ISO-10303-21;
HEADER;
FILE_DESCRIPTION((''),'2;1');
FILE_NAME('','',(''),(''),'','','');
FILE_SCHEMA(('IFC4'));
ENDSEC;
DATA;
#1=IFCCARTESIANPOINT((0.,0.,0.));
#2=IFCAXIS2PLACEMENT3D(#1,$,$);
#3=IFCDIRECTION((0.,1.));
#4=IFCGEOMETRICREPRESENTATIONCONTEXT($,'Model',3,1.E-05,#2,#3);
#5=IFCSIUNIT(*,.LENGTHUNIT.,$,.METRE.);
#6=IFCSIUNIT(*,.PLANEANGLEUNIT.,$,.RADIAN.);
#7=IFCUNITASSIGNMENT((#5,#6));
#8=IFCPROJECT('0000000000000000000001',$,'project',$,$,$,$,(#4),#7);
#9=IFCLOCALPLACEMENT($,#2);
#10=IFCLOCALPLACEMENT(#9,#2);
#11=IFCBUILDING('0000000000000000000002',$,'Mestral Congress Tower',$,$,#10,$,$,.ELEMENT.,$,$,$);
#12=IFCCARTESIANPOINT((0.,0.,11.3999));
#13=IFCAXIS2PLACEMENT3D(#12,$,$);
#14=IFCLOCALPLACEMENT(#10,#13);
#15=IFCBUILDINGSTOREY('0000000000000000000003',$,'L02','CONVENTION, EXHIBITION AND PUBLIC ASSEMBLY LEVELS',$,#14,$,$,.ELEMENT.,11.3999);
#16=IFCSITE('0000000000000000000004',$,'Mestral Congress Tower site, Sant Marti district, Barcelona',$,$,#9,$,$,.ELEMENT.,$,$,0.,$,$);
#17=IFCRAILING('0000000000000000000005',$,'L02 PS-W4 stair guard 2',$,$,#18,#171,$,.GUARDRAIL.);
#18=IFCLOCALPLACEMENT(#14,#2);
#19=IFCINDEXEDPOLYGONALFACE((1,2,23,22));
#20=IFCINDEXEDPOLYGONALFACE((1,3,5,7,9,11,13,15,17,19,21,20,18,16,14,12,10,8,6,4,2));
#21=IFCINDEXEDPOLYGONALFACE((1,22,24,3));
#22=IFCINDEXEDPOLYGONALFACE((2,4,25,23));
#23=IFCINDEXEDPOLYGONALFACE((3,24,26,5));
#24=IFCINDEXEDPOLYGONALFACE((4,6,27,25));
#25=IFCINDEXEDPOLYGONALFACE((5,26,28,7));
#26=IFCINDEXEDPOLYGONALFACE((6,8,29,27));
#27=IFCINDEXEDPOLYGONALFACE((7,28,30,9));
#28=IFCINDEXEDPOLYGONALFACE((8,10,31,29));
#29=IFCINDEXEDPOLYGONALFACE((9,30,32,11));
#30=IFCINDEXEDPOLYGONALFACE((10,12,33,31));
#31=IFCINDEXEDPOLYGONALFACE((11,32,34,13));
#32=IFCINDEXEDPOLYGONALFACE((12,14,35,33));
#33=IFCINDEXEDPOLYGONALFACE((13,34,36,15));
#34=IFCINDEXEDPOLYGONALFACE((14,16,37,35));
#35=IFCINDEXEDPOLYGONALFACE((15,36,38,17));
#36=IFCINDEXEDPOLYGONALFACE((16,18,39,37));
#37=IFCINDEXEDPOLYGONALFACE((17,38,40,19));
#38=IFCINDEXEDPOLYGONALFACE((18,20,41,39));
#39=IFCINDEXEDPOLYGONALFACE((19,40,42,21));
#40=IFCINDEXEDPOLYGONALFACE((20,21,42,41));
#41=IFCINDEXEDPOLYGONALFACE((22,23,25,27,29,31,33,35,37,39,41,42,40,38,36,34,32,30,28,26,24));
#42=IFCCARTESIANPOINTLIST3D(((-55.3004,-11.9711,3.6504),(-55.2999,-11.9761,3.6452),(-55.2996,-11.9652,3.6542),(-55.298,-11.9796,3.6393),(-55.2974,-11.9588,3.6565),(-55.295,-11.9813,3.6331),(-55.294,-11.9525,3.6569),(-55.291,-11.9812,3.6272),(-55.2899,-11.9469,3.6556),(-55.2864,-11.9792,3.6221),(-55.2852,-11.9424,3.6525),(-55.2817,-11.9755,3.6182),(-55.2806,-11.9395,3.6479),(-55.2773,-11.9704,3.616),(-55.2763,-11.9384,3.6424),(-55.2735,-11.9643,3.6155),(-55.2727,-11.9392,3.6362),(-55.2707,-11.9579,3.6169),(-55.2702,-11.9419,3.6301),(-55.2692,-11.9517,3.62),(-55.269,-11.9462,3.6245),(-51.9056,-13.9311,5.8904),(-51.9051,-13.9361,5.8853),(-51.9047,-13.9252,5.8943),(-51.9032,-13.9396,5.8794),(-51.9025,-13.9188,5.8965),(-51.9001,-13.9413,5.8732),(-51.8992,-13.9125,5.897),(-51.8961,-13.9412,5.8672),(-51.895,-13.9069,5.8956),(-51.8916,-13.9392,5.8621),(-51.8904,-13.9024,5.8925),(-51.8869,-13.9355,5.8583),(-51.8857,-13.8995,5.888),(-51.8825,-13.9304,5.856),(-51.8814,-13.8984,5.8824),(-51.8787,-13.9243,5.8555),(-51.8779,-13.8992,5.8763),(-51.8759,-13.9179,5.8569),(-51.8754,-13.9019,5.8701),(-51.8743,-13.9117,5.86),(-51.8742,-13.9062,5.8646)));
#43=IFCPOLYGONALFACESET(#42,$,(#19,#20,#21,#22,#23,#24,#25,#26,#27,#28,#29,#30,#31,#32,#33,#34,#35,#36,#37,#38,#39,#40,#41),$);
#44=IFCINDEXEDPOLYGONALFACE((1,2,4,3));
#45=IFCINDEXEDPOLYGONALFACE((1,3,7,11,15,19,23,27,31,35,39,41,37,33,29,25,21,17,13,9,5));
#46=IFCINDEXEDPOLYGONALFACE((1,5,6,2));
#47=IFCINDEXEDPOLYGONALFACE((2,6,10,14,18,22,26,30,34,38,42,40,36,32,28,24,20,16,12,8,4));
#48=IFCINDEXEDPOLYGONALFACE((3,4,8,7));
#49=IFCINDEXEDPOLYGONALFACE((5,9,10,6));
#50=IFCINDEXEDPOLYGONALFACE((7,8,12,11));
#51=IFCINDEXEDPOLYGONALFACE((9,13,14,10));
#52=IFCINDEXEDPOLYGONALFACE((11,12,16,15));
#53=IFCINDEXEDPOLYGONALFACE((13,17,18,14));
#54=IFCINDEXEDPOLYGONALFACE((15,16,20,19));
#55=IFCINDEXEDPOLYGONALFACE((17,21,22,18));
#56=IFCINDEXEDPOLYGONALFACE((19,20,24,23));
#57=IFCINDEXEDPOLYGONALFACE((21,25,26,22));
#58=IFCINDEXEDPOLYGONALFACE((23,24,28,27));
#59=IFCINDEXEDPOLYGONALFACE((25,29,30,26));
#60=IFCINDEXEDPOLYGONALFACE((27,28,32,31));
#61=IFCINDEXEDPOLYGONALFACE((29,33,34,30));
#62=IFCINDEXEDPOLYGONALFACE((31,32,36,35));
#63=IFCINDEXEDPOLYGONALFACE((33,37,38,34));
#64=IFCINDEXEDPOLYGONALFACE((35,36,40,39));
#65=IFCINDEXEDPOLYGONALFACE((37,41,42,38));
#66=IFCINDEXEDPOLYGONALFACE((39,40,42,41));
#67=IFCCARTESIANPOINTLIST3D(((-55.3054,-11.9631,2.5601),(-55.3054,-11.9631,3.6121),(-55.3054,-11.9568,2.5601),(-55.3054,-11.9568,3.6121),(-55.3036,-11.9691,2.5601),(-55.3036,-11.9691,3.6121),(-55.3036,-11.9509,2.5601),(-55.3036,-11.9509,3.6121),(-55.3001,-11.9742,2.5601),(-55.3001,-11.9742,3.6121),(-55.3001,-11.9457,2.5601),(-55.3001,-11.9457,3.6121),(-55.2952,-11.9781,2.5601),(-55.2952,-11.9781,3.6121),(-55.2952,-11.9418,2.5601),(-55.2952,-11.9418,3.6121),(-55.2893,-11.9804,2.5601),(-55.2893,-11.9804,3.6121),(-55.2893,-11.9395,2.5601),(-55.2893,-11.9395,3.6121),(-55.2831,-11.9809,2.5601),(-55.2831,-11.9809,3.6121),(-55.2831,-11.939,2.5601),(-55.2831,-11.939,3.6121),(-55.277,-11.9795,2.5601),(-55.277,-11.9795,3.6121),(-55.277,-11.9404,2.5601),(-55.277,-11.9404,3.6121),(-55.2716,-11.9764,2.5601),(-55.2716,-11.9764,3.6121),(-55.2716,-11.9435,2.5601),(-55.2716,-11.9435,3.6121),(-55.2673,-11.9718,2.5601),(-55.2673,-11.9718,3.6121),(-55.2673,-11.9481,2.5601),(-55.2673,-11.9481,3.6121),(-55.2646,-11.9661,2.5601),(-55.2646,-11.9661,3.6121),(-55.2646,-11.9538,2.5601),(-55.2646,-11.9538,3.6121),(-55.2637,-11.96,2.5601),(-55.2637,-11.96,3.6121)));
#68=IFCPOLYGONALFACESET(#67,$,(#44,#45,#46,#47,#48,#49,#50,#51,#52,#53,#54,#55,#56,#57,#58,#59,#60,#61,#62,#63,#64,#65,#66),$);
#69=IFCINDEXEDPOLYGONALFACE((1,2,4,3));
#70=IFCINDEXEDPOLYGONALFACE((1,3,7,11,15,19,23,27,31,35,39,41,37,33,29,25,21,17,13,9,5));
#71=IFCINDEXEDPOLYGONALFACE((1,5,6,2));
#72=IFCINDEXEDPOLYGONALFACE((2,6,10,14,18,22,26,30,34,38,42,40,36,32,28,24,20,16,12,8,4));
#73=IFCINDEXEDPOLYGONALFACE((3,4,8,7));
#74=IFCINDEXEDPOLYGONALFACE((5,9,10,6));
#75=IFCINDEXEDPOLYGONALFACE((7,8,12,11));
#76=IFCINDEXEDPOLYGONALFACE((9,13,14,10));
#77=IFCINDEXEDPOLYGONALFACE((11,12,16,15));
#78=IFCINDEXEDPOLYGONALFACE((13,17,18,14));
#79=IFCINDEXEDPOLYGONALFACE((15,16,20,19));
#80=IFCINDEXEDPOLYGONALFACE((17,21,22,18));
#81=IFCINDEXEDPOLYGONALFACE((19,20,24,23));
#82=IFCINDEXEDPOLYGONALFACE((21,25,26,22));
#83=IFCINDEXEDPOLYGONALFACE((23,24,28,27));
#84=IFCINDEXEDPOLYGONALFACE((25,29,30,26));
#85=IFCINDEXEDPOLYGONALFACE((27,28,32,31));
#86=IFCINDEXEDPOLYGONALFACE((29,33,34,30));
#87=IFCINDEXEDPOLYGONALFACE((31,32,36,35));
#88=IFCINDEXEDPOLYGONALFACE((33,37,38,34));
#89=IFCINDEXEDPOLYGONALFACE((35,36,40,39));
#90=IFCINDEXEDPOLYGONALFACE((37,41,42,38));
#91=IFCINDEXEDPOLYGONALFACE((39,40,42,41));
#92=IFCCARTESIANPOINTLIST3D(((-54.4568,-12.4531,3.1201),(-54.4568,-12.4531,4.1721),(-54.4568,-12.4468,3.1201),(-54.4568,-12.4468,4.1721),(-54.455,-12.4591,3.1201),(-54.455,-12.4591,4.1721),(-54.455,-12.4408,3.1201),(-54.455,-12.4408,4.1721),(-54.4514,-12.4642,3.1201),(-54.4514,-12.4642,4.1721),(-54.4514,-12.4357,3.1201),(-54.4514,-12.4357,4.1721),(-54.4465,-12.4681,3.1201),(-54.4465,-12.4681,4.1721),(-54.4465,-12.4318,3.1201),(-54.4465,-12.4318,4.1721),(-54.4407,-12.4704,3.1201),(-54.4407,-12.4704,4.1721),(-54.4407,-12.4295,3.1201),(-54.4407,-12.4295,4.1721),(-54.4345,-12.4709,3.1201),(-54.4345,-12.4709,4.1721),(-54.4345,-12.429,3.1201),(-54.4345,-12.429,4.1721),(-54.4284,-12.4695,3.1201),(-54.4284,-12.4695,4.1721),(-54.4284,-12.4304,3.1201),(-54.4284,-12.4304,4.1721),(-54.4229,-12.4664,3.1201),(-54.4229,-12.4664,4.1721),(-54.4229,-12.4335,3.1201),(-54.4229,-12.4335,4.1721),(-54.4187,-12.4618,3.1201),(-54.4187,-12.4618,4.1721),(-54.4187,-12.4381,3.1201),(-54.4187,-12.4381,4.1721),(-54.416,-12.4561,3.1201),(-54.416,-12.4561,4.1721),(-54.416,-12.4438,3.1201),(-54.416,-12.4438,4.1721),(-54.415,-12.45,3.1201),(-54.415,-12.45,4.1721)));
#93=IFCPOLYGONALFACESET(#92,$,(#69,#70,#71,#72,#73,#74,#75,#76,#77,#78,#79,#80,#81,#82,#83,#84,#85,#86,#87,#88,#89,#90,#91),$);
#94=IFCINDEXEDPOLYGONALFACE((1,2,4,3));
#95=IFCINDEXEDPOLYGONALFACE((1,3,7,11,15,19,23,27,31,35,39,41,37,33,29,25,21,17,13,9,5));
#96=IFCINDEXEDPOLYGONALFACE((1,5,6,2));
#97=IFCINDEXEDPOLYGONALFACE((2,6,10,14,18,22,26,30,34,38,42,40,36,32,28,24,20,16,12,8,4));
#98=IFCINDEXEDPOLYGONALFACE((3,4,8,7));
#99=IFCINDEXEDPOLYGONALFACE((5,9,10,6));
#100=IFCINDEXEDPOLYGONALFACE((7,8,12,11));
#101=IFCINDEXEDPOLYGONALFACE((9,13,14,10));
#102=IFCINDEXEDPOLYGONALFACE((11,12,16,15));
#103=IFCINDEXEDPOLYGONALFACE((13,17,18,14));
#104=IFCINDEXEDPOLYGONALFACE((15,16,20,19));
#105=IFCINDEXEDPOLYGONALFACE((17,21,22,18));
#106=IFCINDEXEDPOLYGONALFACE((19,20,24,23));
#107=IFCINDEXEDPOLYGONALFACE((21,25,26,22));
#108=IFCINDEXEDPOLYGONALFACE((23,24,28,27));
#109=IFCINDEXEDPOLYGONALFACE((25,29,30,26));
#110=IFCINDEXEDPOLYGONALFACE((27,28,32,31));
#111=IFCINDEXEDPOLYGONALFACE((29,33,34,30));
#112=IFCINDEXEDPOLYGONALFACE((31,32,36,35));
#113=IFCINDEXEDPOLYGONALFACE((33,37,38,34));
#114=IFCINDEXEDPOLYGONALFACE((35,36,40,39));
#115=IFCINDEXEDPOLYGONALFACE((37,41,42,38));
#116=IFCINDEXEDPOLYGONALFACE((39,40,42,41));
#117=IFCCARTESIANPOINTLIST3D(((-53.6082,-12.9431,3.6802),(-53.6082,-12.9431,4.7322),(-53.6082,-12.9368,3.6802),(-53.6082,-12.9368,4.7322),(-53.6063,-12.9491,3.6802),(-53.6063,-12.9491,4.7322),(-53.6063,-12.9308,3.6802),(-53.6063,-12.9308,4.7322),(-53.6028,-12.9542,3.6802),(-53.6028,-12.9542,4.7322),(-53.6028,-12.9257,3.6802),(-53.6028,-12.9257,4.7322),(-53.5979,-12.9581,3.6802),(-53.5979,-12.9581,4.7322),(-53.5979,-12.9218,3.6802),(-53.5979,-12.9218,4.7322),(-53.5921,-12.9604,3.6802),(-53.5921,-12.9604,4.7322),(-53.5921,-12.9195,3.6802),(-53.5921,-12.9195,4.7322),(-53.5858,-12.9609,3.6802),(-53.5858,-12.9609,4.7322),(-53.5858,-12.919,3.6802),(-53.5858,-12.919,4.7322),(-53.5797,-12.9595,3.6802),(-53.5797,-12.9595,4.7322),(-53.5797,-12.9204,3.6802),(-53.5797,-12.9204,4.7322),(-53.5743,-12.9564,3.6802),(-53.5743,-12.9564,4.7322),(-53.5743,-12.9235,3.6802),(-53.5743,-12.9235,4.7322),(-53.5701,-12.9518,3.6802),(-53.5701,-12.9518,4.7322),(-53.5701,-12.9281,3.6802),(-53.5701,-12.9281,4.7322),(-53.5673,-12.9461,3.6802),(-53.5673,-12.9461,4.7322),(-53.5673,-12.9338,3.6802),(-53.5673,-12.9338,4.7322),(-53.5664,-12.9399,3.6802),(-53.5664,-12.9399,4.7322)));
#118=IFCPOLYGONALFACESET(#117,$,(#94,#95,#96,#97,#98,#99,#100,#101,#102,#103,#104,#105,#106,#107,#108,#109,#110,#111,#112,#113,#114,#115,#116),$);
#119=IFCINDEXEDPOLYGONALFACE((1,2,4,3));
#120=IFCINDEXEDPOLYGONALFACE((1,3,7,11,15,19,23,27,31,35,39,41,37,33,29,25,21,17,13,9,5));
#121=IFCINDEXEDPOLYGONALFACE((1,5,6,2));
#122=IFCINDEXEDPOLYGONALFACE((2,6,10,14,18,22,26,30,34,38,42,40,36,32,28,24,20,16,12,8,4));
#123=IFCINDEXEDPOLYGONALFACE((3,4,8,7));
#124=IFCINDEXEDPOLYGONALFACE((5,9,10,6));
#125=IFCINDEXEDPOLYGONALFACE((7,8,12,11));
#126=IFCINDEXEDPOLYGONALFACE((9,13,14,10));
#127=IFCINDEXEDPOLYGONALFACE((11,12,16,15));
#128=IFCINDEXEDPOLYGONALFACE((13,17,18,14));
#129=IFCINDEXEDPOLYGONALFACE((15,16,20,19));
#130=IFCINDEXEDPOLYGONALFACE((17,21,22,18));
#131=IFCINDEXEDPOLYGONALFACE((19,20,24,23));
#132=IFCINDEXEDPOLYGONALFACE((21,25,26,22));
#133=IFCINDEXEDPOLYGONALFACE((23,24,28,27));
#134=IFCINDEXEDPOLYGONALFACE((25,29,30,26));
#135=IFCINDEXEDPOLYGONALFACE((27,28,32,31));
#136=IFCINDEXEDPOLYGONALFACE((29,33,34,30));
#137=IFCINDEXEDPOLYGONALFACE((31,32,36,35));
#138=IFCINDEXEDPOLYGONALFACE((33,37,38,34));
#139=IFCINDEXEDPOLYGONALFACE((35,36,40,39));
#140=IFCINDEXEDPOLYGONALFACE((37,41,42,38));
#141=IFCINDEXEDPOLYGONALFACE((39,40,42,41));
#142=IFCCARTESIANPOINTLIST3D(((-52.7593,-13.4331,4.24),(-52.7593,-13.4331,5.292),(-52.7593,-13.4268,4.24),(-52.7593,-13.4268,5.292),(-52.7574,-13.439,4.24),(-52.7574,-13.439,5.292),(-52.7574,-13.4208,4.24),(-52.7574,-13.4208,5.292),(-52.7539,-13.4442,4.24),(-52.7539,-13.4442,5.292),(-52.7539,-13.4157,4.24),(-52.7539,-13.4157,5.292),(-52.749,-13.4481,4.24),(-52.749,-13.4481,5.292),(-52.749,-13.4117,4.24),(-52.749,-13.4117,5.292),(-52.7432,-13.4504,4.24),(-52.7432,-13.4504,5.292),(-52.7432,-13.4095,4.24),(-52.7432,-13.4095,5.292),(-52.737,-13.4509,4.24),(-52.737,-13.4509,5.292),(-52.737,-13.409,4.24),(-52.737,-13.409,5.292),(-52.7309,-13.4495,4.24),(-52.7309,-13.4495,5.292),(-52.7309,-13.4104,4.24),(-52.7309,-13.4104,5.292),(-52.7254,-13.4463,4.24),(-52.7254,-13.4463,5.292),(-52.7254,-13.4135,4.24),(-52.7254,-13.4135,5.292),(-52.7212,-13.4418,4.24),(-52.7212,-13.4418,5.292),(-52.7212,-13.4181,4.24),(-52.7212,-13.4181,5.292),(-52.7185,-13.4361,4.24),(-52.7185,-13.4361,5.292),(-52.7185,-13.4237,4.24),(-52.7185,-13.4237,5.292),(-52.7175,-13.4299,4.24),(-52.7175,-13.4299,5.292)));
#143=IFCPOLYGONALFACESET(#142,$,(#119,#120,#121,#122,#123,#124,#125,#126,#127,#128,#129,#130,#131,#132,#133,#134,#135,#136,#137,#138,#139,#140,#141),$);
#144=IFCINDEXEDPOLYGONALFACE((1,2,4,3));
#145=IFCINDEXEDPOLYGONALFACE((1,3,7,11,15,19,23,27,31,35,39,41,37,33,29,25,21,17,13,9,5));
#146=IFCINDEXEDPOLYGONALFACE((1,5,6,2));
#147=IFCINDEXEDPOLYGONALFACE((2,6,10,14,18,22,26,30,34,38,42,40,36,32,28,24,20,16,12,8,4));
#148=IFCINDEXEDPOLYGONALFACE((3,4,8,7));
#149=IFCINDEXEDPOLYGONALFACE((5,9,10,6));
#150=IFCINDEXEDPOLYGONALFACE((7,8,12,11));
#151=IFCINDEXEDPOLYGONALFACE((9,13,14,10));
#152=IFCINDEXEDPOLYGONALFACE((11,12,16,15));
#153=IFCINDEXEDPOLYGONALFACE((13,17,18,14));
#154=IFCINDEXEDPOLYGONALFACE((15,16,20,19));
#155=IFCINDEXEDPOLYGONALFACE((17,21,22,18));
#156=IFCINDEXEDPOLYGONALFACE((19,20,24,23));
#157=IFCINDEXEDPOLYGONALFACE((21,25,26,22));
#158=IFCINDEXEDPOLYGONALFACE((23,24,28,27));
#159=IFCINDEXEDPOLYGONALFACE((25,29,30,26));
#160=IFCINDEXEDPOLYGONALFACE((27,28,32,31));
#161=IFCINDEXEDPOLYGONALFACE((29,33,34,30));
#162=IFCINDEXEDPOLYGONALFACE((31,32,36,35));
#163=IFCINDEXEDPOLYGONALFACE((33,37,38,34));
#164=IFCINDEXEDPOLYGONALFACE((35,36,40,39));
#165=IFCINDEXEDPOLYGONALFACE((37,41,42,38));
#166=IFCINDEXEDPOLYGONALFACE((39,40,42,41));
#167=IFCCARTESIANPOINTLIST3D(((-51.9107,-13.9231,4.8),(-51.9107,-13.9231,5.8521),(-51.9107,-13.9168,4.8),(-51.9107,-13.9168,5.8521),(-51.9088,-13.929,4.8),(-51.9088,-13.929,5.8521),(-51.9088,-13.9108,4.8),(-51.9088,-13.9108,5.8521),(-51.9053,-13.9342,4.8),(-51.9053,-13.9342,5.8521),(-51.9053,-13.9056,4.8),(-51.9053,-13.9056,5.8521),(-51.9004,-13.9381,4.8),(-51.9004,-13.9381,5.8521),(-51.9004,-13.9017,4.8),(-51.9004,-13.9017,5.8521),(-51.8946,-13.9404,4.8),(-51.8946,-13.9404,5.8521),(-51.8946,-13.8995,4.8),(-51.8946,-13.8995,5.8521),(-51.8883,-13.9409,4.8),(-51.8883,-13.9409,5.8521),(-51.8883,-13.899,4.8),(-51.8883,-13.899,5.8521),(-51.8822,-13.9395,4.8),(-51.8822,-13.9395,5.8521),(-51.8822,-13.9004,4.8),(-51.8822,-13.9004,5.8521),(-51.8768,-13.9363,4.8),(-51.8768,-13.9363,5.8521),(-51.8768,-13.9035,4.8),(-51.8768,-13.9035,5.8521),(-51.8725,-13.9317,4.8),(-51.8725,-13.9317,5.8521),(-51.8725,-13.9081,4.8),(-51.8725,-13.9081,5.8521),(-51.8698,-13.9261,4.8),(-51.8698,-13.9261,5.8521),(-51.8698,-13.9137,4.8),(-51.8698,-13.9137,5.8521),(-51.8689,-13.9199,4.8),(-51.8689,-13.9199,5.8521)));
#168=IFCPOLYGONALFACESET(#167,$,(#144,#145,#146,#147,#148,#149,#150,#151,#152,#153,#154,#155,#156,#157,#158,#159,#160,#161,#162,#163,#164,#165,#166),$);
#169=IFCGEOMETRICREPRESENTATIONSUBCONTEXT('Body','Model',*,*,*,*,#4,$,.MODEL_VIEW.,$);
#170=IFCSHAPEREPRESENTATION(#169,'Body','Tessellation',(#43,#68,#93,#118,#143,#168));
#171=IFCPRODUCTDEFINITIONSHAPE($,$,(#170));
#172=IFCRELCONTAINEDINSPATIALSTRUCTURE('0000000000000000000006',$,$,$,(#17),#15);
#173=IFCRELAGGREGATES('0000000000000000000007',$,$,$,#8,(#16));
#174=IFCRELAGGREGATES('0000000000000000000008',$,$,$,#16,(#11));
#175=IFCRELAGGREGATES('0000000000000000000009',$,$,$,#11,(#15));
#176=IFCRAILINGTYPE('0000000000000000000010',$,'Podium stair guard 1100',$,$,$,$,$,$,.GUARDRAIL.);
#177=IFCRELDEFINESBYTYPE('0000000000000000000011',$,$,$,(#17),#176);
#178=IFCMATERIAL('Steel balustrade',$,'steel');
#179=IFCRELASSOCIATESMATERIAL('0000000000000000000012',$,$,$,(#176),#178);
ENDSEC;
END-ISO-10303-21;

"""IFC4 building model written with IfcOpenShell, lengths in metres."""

from ifc_helpers import new_model, si_unit, direction, frame, origin, origin_2d, place, context, subcontext, project, spatial, circle, extrude, material, type_object, element, save


model = new_model("IFC4")

# Units and contexts
model_context = context("Model", 3, precision=1e-05, world=origin(), true_north=direction((0.0, 1.0)))
body_context = subcontext(model_context, "Body", "Model", "MODEL_VIEW")
ifc_project = project(units=[si_unit("LENGTHUNIT", "METRE"), si_unit("PLANEANGLEUNIT", "RADIAN")], contexts=[model_context])

# Site, building, storey
site_placement = place(None, origin())
site = spatial("IfcSite", under=ifc_project, at=site_placement, Name="Mestral Congress Tower site, Sant Marti district, Barcelona", CompositionType="ELEMENT", RefElevation=0.0)
building_placement = place(site_placement, origin())
building = spatial("IfcBuilding", under=site, at=building_placement, Name="Mestral Congress Tower", CompositionType="ELEMENT")
storey_placement = place(building_placement, frame((0.0, 0.0, 11.3999)))
storey = spatial("IfcBuildingStorey", under=building, at=storey_placement, Name="L02", Description="CONVENTION, EXHIBITION AND PUBLIC ASSEMBLY LEVELS", CompositionType="ELEMENT", Elevation=11.3999)

# Railing
ifc_material_1 = material(Name="Steel balustrade", Category="steel")
railing_type_1 = type_object("IfcRailingType", Name="Podium stair guard 1100", PredefinedType="GUARDRAIL", material=ifc_material_1)
railing_1_placement = place(storey_placement, frame((-55.2847, -11.96, 2.5601)))
element("IfcRailing", 1, at=railing_1_placement, inside=storey, type_object=railing_type_1, Name="L02 PS-W4 stair guard 2", PredefinedType="GUARDRAIL", context=body_context, shape_type="SweptSolid", body=[
    extrude(circle(Radius=0.0239, at=origin_2d()), frame((0.0, 0.0, 1.0762), z_axis=(0.75192, -0.434118, 0.496143), x_axis=(0.499997, 0.866027, 0.0)), (0.0, 0.0, 1.0), 4.5149),
    extrude(circle(Radius=0.021, at=origin_2d()), origin(), (0.0, 0.0, 1.0), 1.052),
    extrude(circle(Radius=0.021, at=origin_2d()), frame((0.8486, -0.49, 0.5601)), (0.0, 0.0, 1.0), 1.052),
    extrude(circle(Radius=0.021, at=origin_2d()), frame((1.6973, -0.98, 1.1201)), (0.0, 0.0, 1.0), 1.052),
    extrude(circle(Radius=0.021, at=origin_2d()), frame((2.5461, -1.47, 1.6799)), (0.0, 0.0, 1.0), 1.052),
    extrude(circle(Radius=0.021, at=origin_2d()), frame((3.3948, -1.96, 2.24)), (0.0, 0.0, 1.0), 1.052),
])

save(model, "model.ifc")
